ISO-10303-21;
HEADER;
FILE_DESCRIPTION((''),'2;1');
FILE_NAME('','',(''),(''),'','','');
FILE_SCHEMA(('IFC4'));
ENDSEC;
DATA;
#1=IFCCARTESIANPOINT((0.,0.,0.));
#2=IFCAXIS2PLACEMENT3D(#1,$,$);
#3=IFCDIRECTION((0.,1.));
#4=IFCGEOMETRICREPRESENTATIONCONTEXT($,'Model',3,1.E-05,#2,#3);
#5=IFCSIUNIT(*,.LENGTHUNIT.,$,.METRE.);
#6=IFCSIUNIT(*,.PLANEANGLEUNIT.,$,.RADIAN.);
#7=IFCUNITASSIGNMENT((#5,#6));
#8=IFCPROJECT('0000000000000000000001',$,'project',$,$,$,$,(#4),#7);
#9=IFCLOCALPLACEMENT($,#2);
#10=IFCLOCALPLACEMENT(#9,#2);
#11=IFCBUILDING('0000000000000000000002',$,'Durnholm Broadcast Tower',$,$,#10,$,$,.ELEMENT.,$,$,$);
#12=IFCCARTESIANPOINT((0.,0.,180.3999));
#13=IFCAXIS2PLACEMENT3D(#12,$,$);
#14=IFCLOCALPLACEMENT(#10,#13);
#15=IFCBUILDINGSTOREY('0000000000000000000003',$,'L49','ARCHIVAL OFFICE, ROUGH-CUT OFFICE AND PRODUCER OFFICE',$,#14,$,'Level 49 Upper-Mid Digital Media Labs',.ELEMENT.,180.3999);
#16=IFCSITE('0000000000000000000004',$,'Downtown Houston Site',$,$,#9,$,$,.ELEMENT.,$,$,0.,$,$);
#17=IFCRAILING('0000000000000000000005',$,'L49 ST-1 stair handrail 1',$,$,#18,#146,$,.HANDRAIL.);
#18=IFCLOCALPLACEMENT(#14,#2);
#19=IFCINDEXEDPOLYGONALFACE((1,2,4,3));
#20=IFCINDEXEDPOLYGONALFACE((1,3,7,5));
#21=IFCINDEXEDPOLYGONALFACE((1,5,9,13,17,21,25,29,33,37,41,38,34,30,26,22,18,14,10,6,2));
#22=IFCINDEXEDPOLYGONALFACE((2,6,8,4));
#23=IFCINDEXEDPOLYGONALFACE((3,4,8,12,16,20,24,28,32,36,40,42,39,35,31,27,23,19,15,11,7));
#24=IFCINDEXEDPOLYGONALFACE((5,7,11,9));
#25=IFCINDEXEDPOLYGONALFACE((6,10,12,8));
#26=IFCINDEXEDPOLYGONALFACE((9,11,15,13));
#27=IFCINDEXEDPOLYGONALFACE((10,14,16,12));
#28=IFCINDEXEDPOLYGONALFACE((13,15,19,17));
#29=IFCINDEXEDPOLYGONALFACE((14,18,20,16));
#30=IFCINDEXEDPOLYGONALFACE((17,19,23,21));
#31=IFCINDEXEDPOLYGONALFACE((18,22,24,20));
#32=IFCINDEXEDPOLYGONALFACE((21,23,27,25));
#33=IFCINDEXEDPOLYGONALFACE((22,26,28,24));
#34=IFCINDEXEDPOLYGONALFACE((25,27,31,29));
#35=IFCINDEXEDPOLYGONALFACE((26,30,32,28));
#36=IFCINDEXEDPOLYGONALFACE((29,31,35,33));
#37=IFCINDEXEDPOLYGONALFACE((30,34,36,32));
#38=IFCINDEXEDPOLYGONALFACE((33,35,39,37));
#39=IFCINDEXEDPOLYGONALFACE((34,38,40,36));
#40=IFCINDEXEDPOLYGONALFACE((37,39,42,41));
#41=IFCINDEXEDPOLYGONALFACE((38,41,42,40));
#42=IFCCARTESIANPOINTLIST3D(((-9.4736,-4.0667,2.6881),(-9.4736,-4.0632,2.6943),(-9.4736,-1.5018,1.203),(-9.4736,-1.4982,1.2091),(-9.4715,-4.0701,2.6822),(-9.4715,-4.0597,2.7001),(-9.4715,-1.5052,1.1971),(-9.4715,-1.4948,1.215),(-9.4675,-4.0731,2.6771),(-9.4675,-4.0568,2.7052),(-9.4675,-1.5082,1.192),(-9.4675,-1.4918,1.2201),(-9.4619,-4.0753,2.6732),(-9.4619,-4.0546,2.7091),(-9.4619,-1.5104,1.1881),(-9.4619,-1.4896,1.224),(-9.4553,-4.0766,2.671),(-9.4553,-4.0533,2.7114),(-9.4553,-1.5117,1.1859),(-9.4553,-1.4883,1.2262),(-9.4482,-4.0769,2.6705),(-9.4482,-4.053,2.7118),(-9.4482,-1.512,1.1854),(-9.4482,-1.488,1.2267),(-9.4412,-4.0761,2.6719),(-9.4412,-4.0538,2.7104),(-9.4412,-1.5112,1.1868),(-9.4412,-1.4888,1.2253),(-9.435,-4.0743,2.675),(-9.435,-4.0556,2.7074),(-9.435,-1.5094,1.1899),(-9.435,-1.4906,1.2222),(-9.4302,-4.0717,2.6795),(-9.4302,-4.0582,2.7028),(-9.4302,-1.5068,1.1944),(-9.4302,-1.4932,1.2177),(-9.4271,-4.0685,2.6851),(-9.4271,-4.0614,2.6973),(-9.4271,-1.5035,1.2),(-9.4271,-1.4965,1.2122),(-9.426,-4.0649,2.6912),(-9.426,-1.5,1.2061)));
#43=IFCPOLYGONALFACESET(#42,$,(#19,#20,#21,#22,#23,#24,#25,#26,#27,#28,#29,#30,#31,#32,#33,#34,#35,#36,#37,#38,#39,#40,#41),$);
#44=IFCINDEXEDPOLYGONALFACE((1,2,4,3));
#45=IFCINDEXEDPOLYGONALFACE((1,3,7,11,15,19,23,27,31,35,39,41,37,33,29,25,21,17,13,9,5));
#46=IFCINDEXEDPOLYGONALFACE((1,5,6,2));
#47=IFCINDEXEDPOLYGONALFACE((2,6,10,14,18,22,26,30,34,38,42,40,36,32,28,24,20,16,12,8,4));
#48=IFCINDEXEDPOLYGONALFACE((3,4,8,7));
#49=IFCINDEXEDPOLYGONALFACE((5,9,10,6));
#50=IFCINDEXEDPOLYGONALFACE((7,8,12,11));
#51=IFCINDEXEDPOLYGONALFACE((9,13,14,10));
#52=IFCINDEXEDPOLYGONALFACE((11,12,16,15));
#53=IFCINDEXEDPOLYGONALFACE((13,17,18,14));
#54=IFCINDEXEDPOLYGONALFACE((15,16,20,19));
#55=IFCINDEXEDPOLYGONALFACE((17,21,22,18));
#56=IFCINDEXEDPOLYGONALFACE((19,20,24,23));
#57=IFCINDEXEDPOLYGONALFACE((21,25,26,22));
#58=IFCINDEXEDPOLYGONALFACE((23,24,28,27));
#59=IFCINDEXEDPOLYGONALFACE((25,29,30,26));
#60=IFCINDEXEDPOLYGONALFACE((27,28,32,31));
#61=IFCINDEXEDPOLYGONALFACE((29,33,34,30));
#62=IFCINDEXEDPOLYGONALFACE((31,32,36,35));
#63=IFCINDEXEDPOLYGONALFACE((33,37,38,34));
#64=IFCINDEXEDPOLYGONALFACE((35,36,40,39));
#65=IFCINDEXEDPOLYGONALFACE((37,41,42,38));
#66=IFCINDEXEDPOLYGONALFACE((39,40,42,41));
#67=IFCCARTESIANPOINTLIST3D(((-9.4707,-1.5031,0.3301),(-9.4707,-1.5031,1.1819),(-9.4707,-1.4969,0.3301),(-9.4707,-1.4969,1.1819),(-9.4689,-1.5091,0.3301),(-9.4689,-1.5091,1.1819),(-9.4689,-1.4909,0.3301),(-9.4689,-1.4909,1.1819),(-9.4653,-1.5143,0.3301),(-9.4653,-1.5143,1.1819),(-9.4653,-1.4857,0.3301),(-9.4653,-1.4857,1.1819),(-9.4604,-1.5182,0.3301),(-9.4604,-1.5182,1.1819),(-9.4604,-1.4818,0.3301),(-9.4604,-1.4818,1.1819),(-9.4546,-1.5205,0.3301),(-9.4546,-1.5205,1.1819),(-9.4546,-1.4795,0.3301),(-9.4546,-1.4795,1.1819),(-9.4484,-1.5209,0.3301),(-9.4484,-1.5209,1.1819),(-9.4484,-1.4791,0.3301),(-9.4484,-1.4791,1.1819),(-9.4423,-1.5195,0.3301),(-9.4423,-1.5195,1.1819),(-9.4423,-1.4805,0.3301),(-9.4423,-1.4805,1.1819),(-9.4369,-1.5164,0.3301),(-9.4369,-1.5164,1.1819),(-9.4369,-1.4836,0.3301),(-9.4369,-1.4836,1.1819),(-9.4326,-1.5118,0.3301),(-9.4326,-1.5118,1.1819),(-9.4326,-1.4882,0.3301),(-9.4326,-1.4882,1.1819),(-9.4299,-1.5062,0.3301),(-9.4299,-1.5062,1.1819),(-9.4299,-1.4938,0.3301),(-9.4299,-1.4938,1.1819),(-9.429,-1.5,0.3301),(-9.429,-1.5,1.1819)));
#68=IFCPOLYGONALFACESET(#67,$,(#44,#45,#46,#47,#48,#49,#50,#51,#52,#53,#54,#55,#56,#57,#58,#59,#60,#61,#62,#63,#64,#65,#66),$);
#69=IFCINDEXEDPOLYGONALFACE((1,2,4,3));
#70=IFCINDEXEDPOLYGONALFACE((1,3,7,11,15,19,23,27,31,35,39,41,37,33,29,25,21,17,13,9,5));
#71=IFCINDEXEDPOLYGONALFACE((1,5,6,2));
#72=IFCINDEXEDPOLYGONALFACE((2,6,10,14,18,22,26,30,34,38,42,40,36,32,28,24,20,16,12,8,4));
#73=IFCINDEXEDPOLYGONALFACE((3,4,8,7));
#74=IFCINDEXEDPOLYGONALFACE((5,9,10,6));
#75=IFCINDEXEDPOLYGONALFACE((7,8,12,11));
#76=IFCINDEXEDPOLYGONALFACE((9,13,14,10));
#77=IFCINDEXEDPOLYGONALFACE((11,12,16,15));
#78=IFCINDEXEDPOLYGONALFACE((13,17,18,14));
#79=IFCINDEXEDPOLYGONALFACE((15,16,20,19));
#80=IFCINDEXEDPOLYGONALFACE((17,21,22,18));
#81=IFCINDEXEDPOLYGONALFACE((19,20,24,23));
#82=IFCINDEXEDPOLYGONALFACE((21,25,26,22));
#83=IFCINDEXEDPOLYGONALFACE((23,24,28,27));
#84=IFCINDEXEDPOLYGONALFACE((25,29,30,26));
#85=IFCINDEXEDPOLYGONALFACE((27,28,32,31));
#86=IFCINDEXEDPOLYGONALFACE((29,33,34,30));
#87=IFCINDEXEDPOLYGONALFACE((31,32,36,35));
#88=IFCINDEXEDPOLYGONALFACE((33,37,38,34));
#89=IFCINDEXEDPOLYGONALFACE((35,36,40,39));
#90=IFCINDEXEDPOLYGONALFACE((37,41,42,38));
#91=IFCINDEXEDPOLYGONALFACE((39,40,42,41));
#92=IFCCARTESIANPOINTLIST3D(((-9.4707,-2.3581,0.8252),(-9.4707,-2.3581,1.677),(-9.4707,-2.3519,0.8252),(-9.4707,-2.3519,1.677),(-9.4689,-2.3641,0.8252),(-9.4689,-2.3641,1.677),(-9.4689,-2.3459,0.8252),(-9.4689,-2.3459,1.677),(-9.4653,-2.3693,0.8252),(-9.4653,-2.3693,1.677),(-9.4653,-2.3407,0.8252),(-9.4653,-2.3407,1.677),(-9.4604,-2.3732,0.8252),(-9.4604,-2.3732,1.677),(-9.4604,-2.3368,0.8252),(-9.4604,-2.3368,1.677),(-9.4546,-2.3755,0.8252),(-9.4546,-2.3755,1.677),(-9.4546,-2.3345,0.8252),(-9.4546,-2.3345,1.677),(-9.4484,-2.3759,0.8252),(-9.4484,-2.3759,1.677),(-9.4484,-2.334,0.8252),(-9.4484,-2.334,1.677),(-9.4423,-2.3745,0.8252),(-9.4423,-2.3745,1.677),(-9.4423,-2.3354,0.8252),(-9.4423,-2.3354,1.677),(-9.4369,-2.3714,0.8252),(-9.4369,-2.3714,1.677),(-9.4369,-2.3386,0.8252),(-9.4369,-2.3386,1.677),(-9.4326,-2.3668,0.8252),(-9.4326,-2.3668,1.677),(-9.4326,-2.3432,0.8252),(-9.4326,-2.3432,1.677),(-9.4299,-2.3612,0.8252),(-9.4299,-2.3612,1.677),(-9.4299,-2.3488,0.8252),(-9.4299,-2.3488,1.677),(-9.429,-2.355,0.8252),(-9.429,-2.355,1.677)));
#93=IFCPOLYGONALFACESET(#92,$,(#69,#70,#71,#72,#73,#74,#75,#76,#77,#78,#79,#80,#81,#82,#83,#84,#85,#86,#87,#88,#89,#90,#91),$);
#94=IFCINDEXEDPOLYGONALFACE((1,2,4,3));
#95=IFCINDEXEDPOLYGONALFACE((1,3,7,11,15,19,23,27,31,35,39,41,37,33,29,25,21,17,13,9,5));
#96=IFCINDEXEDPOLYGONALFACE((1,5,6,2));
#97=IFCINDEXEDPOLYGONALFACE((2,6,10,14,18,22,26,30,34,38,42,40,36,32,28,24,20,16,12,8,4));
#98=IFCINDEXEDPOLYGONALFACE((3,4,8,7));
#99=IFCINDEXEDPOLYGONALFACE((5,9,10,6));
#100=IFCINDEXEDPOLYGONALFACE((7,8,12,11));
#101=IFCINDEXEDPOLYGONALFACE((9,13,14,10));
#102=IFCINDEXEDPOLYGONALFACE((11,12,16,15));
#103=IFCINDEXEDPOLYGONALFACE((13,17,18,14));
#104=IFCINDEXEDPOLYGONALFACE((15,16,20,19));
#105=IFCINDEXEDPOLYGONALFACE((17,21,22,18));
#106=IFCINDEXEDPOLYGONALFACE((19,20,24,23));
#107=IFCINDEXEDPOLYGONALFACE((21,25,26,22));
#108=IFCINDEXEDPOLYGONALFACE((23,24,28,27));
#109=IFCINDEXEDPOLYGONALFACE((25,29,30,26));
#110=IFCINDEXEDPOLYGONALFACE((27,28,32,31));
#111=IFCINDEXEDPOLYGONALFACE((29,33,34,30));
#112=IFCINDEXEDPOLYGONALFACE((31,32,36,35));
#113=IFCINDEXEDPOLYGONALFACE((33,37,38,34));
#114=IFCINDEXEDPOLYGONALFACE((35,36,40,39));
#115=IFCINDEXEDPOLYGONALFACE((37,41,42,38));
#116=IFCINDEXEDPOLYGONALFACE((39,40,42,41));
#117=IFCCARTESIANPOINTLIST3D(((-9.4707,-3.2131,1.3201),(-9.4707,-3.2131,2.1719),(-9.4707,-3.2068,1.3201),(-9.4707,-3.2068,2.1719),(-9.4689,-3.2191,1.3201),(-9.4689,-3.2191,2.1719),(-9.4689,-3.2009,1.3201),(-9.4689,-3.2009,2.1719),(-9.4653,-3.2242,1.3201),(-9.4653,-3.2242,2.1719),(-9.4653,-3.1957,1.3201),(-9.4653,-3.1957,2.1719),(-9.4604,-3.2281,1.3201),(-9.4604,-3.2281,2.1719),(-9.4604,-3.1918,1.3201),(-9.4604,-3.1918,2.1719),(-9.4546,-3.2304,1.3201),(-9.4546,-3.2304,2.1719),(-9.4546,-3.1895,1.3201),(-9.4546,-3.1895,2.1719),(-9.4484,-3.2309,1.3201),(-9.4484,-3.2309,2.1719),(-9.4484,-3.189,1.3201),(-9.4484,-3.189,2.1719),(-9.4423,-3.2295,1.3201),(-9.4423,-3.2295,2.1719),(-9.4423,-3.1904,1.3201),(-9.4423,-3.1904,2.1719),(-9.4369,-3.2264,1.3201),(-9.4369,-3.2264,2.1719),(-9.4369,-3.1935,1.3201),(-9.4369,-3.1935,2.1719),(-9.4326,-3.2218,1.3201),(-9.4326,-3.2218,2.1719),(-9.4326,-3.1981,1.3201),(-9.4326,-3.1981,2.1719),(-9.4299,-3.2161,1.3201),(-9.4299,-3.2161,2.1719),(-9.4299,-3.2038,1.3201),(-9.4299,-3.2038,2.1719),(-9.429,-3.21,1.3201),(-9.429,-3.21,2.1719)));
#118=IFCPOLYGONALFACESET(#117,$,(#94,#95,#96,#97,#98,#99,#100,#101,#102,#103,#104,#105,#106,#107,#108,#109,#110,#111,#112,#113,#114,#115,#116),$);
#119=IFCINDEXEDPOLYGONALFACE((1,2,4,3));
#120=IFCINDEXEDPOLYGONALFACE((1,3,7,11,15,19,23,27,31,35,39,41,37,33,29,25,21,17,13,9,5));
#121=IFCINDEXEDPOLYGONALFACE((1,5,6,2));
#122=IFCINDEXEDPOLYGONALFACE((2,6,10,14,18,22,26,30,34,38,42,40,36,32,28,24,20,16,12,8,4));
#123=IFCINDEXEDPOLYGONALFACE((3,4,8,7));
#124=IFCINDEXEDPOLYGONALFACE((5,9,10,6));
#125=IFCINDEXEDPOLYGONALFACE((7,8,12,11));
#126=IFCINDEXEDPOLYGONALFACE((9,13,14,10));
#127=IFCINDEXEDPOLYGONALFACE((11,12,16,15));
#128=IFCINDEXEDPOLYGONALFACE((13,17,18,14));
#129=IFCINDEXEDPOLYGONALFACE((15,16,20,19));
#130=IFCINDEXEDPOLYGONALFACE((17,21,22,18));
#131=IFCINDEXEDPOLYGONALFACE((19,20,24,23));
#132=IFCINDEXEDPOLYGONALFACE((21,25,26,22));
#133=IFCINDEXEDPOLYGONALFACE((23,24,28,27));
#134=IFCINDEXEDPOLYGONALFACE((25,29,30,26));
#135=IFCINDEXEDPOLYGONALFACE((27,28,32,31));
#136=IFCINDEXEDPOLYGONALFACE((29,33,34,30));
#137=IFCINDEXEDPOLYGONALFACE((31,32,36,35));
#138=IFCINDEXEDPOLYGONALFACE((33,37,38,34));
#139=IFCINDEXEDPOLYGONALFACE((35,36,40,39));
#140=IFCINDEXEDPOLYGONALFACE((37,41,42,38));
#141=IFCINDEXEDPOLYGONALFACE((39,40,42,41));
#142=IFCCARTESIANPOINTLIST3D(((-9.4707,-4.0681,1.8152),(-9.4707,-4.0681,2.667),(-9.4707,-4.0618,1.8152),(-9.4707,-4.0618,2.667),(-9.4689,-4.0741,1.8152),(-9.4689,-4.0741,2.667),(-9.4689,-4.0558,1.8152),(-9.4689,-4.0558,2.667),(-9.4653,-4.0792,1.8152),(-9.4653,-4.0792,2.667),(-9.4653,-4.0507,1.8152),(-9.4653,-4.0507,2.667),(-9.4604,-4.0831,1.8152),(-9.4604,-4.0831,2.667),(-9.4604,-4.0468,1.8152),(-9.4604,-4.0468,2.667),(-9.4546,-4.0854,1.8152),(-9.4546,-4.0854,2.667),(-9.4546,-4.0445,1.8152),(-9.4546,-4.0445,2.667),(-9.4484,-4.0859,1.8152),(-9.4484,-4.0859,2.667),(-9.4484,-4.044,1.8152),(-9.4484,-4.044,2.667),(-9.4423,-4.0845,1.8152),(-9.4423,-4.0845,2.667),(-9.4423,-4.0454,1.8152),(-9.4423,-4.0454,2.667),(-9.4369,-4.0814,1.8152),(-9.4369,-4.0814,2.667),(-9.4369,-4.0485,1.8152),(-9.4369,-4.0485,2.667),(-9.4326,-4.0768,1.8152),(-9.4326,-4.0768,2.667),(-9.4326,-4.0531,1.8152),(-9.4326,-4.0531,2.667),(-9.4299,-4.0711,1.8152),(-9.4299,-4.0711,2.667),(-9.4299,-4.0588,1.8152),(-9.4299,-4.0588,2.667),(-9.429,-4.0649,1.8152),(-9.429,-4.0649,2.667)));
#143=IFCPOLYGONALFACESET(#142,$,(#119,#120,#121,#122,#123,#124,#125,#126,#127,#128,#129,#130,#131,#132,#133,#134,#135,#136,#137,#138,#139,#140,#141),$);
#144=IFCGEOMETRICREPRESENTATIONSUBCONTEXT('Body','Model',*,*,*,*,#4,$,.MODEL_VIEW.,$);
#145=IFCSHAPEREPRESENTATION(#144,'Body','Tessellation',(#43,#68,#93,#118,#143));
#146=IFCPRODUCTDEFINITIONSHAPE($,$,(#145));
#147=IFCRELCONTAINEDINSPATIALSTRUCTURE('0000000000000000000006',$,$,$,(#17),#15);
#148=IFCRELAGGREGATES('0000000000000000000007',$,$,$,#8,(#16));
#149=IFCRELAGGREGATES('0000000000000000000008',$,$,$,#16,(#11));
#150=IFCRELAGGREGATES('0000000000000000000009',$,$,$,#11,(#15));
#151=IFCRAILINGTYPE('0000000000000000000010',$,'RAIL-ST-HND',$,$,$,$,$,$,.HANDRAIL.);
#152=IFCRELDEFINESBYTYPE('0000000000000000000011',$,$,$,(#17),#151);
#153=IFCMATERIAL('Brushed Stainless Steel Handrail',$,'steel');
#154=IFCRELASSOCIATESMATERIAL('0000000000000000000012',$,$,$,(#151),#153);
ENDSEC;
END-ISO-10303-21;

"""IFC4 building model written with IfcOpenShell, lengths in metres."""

from ifc_helpers import new_model, si_unit, direction, frame, origin, origin_2d, place, context, subcontext, project, spatial, circle, extrude, material, type_object, element, save


model = new_model("IFC4")

# Units and contexts
model_context = context("Model", 3, precision=1e-05, world=origin(), true_north=direction((0.0, 1.0)))
body_context = subcontext(model_context, "Body", "Model", "MODEL_VIEW")
ifc_project = project(units=[si_unit("LENGTHUNIT", "METRE"), si_unit("PLANEANGLEUNIT", "RADIAN")], contexts=[model_context])

# Site, building, storey
site_placement = place(None, origin())
site = spatial("IfcSite", under=ifc_project, at=site_placement, Name="Downtown Houston Site", CompositionType="ELEMENT", RefElevation=0.0)
building_placement = place(site_placement, origin())
building = spatial("IfcBuilding", under=site, at=building_placement, Name="Durnholm Broadcast Tower", CompositionType="ELEMENT")
storey_placement = place(building_placement, frame((0.0, 0.0, 180.3999)))
storey = spatial("IfcBuildingStorey", under=building, at=storey_placement, Name="L49", Description="ARCHIVAL OFFICE, ROUGH-CUT OFFICE AND PRODUCER OFFICE", LongName="Level 49 Upper-Mid Digital Media Labs", CompositionType="ELEMENT", Elevation=180.3999)

# Railing
ifc_material_1 = material(Name="Brushed Stainless Steel Handrail", Category="steel")
railing_type_1 = type_object("IfcRailingType", Name="RAIL-ST-HND", PredefinedType="HANDRAIL", material=ifc_material_1)
railing_1_placement = place(storey_placement, frame((-9.45, -1.5, 0.3301)))
element("IfcRailing", 1, at=railing_1_placement, inside=storey, type_object=railing_type_1, Name="L49 ST-1 stair handrail 1", PredefinedType="HANDRAIL", context=body_context, shape_type="SweptSolid", body=[
    extrude(circle(Radius=0.0239, at=origin_2d()), frame((0.0, 0.0, 0.876), z_axis=(0.0, -0.865406, 0.501072), x_axis=(1.0, 0.0, 0.0)), (0.0, 0.0, 1.0), 2.9639),
    extrude(circle(Radius=0.021, at=origin_2d()), origin(), (0.0, 0.0, 1.0), 0.8518),
    extrude(circle(Radius=0.021, at=origin_2d()), frame((0.0, -0.855, 0.4951)), (0.0, 0.0, 1.0), 0.8518),
    extrude(circle(Radius=0.021, at=origin_2d()), frame((0.0, -1.71, 0.99)), (0.0, 0.0, 1.0), 0.8518),
    extrude(circle(Radius=0.021, at=origin_2d()), frame((0.0, -2.5649, 1.4851)), (0.0, 0.0, 1.0), 0.8518),
])

save(model, "model.ifc")
